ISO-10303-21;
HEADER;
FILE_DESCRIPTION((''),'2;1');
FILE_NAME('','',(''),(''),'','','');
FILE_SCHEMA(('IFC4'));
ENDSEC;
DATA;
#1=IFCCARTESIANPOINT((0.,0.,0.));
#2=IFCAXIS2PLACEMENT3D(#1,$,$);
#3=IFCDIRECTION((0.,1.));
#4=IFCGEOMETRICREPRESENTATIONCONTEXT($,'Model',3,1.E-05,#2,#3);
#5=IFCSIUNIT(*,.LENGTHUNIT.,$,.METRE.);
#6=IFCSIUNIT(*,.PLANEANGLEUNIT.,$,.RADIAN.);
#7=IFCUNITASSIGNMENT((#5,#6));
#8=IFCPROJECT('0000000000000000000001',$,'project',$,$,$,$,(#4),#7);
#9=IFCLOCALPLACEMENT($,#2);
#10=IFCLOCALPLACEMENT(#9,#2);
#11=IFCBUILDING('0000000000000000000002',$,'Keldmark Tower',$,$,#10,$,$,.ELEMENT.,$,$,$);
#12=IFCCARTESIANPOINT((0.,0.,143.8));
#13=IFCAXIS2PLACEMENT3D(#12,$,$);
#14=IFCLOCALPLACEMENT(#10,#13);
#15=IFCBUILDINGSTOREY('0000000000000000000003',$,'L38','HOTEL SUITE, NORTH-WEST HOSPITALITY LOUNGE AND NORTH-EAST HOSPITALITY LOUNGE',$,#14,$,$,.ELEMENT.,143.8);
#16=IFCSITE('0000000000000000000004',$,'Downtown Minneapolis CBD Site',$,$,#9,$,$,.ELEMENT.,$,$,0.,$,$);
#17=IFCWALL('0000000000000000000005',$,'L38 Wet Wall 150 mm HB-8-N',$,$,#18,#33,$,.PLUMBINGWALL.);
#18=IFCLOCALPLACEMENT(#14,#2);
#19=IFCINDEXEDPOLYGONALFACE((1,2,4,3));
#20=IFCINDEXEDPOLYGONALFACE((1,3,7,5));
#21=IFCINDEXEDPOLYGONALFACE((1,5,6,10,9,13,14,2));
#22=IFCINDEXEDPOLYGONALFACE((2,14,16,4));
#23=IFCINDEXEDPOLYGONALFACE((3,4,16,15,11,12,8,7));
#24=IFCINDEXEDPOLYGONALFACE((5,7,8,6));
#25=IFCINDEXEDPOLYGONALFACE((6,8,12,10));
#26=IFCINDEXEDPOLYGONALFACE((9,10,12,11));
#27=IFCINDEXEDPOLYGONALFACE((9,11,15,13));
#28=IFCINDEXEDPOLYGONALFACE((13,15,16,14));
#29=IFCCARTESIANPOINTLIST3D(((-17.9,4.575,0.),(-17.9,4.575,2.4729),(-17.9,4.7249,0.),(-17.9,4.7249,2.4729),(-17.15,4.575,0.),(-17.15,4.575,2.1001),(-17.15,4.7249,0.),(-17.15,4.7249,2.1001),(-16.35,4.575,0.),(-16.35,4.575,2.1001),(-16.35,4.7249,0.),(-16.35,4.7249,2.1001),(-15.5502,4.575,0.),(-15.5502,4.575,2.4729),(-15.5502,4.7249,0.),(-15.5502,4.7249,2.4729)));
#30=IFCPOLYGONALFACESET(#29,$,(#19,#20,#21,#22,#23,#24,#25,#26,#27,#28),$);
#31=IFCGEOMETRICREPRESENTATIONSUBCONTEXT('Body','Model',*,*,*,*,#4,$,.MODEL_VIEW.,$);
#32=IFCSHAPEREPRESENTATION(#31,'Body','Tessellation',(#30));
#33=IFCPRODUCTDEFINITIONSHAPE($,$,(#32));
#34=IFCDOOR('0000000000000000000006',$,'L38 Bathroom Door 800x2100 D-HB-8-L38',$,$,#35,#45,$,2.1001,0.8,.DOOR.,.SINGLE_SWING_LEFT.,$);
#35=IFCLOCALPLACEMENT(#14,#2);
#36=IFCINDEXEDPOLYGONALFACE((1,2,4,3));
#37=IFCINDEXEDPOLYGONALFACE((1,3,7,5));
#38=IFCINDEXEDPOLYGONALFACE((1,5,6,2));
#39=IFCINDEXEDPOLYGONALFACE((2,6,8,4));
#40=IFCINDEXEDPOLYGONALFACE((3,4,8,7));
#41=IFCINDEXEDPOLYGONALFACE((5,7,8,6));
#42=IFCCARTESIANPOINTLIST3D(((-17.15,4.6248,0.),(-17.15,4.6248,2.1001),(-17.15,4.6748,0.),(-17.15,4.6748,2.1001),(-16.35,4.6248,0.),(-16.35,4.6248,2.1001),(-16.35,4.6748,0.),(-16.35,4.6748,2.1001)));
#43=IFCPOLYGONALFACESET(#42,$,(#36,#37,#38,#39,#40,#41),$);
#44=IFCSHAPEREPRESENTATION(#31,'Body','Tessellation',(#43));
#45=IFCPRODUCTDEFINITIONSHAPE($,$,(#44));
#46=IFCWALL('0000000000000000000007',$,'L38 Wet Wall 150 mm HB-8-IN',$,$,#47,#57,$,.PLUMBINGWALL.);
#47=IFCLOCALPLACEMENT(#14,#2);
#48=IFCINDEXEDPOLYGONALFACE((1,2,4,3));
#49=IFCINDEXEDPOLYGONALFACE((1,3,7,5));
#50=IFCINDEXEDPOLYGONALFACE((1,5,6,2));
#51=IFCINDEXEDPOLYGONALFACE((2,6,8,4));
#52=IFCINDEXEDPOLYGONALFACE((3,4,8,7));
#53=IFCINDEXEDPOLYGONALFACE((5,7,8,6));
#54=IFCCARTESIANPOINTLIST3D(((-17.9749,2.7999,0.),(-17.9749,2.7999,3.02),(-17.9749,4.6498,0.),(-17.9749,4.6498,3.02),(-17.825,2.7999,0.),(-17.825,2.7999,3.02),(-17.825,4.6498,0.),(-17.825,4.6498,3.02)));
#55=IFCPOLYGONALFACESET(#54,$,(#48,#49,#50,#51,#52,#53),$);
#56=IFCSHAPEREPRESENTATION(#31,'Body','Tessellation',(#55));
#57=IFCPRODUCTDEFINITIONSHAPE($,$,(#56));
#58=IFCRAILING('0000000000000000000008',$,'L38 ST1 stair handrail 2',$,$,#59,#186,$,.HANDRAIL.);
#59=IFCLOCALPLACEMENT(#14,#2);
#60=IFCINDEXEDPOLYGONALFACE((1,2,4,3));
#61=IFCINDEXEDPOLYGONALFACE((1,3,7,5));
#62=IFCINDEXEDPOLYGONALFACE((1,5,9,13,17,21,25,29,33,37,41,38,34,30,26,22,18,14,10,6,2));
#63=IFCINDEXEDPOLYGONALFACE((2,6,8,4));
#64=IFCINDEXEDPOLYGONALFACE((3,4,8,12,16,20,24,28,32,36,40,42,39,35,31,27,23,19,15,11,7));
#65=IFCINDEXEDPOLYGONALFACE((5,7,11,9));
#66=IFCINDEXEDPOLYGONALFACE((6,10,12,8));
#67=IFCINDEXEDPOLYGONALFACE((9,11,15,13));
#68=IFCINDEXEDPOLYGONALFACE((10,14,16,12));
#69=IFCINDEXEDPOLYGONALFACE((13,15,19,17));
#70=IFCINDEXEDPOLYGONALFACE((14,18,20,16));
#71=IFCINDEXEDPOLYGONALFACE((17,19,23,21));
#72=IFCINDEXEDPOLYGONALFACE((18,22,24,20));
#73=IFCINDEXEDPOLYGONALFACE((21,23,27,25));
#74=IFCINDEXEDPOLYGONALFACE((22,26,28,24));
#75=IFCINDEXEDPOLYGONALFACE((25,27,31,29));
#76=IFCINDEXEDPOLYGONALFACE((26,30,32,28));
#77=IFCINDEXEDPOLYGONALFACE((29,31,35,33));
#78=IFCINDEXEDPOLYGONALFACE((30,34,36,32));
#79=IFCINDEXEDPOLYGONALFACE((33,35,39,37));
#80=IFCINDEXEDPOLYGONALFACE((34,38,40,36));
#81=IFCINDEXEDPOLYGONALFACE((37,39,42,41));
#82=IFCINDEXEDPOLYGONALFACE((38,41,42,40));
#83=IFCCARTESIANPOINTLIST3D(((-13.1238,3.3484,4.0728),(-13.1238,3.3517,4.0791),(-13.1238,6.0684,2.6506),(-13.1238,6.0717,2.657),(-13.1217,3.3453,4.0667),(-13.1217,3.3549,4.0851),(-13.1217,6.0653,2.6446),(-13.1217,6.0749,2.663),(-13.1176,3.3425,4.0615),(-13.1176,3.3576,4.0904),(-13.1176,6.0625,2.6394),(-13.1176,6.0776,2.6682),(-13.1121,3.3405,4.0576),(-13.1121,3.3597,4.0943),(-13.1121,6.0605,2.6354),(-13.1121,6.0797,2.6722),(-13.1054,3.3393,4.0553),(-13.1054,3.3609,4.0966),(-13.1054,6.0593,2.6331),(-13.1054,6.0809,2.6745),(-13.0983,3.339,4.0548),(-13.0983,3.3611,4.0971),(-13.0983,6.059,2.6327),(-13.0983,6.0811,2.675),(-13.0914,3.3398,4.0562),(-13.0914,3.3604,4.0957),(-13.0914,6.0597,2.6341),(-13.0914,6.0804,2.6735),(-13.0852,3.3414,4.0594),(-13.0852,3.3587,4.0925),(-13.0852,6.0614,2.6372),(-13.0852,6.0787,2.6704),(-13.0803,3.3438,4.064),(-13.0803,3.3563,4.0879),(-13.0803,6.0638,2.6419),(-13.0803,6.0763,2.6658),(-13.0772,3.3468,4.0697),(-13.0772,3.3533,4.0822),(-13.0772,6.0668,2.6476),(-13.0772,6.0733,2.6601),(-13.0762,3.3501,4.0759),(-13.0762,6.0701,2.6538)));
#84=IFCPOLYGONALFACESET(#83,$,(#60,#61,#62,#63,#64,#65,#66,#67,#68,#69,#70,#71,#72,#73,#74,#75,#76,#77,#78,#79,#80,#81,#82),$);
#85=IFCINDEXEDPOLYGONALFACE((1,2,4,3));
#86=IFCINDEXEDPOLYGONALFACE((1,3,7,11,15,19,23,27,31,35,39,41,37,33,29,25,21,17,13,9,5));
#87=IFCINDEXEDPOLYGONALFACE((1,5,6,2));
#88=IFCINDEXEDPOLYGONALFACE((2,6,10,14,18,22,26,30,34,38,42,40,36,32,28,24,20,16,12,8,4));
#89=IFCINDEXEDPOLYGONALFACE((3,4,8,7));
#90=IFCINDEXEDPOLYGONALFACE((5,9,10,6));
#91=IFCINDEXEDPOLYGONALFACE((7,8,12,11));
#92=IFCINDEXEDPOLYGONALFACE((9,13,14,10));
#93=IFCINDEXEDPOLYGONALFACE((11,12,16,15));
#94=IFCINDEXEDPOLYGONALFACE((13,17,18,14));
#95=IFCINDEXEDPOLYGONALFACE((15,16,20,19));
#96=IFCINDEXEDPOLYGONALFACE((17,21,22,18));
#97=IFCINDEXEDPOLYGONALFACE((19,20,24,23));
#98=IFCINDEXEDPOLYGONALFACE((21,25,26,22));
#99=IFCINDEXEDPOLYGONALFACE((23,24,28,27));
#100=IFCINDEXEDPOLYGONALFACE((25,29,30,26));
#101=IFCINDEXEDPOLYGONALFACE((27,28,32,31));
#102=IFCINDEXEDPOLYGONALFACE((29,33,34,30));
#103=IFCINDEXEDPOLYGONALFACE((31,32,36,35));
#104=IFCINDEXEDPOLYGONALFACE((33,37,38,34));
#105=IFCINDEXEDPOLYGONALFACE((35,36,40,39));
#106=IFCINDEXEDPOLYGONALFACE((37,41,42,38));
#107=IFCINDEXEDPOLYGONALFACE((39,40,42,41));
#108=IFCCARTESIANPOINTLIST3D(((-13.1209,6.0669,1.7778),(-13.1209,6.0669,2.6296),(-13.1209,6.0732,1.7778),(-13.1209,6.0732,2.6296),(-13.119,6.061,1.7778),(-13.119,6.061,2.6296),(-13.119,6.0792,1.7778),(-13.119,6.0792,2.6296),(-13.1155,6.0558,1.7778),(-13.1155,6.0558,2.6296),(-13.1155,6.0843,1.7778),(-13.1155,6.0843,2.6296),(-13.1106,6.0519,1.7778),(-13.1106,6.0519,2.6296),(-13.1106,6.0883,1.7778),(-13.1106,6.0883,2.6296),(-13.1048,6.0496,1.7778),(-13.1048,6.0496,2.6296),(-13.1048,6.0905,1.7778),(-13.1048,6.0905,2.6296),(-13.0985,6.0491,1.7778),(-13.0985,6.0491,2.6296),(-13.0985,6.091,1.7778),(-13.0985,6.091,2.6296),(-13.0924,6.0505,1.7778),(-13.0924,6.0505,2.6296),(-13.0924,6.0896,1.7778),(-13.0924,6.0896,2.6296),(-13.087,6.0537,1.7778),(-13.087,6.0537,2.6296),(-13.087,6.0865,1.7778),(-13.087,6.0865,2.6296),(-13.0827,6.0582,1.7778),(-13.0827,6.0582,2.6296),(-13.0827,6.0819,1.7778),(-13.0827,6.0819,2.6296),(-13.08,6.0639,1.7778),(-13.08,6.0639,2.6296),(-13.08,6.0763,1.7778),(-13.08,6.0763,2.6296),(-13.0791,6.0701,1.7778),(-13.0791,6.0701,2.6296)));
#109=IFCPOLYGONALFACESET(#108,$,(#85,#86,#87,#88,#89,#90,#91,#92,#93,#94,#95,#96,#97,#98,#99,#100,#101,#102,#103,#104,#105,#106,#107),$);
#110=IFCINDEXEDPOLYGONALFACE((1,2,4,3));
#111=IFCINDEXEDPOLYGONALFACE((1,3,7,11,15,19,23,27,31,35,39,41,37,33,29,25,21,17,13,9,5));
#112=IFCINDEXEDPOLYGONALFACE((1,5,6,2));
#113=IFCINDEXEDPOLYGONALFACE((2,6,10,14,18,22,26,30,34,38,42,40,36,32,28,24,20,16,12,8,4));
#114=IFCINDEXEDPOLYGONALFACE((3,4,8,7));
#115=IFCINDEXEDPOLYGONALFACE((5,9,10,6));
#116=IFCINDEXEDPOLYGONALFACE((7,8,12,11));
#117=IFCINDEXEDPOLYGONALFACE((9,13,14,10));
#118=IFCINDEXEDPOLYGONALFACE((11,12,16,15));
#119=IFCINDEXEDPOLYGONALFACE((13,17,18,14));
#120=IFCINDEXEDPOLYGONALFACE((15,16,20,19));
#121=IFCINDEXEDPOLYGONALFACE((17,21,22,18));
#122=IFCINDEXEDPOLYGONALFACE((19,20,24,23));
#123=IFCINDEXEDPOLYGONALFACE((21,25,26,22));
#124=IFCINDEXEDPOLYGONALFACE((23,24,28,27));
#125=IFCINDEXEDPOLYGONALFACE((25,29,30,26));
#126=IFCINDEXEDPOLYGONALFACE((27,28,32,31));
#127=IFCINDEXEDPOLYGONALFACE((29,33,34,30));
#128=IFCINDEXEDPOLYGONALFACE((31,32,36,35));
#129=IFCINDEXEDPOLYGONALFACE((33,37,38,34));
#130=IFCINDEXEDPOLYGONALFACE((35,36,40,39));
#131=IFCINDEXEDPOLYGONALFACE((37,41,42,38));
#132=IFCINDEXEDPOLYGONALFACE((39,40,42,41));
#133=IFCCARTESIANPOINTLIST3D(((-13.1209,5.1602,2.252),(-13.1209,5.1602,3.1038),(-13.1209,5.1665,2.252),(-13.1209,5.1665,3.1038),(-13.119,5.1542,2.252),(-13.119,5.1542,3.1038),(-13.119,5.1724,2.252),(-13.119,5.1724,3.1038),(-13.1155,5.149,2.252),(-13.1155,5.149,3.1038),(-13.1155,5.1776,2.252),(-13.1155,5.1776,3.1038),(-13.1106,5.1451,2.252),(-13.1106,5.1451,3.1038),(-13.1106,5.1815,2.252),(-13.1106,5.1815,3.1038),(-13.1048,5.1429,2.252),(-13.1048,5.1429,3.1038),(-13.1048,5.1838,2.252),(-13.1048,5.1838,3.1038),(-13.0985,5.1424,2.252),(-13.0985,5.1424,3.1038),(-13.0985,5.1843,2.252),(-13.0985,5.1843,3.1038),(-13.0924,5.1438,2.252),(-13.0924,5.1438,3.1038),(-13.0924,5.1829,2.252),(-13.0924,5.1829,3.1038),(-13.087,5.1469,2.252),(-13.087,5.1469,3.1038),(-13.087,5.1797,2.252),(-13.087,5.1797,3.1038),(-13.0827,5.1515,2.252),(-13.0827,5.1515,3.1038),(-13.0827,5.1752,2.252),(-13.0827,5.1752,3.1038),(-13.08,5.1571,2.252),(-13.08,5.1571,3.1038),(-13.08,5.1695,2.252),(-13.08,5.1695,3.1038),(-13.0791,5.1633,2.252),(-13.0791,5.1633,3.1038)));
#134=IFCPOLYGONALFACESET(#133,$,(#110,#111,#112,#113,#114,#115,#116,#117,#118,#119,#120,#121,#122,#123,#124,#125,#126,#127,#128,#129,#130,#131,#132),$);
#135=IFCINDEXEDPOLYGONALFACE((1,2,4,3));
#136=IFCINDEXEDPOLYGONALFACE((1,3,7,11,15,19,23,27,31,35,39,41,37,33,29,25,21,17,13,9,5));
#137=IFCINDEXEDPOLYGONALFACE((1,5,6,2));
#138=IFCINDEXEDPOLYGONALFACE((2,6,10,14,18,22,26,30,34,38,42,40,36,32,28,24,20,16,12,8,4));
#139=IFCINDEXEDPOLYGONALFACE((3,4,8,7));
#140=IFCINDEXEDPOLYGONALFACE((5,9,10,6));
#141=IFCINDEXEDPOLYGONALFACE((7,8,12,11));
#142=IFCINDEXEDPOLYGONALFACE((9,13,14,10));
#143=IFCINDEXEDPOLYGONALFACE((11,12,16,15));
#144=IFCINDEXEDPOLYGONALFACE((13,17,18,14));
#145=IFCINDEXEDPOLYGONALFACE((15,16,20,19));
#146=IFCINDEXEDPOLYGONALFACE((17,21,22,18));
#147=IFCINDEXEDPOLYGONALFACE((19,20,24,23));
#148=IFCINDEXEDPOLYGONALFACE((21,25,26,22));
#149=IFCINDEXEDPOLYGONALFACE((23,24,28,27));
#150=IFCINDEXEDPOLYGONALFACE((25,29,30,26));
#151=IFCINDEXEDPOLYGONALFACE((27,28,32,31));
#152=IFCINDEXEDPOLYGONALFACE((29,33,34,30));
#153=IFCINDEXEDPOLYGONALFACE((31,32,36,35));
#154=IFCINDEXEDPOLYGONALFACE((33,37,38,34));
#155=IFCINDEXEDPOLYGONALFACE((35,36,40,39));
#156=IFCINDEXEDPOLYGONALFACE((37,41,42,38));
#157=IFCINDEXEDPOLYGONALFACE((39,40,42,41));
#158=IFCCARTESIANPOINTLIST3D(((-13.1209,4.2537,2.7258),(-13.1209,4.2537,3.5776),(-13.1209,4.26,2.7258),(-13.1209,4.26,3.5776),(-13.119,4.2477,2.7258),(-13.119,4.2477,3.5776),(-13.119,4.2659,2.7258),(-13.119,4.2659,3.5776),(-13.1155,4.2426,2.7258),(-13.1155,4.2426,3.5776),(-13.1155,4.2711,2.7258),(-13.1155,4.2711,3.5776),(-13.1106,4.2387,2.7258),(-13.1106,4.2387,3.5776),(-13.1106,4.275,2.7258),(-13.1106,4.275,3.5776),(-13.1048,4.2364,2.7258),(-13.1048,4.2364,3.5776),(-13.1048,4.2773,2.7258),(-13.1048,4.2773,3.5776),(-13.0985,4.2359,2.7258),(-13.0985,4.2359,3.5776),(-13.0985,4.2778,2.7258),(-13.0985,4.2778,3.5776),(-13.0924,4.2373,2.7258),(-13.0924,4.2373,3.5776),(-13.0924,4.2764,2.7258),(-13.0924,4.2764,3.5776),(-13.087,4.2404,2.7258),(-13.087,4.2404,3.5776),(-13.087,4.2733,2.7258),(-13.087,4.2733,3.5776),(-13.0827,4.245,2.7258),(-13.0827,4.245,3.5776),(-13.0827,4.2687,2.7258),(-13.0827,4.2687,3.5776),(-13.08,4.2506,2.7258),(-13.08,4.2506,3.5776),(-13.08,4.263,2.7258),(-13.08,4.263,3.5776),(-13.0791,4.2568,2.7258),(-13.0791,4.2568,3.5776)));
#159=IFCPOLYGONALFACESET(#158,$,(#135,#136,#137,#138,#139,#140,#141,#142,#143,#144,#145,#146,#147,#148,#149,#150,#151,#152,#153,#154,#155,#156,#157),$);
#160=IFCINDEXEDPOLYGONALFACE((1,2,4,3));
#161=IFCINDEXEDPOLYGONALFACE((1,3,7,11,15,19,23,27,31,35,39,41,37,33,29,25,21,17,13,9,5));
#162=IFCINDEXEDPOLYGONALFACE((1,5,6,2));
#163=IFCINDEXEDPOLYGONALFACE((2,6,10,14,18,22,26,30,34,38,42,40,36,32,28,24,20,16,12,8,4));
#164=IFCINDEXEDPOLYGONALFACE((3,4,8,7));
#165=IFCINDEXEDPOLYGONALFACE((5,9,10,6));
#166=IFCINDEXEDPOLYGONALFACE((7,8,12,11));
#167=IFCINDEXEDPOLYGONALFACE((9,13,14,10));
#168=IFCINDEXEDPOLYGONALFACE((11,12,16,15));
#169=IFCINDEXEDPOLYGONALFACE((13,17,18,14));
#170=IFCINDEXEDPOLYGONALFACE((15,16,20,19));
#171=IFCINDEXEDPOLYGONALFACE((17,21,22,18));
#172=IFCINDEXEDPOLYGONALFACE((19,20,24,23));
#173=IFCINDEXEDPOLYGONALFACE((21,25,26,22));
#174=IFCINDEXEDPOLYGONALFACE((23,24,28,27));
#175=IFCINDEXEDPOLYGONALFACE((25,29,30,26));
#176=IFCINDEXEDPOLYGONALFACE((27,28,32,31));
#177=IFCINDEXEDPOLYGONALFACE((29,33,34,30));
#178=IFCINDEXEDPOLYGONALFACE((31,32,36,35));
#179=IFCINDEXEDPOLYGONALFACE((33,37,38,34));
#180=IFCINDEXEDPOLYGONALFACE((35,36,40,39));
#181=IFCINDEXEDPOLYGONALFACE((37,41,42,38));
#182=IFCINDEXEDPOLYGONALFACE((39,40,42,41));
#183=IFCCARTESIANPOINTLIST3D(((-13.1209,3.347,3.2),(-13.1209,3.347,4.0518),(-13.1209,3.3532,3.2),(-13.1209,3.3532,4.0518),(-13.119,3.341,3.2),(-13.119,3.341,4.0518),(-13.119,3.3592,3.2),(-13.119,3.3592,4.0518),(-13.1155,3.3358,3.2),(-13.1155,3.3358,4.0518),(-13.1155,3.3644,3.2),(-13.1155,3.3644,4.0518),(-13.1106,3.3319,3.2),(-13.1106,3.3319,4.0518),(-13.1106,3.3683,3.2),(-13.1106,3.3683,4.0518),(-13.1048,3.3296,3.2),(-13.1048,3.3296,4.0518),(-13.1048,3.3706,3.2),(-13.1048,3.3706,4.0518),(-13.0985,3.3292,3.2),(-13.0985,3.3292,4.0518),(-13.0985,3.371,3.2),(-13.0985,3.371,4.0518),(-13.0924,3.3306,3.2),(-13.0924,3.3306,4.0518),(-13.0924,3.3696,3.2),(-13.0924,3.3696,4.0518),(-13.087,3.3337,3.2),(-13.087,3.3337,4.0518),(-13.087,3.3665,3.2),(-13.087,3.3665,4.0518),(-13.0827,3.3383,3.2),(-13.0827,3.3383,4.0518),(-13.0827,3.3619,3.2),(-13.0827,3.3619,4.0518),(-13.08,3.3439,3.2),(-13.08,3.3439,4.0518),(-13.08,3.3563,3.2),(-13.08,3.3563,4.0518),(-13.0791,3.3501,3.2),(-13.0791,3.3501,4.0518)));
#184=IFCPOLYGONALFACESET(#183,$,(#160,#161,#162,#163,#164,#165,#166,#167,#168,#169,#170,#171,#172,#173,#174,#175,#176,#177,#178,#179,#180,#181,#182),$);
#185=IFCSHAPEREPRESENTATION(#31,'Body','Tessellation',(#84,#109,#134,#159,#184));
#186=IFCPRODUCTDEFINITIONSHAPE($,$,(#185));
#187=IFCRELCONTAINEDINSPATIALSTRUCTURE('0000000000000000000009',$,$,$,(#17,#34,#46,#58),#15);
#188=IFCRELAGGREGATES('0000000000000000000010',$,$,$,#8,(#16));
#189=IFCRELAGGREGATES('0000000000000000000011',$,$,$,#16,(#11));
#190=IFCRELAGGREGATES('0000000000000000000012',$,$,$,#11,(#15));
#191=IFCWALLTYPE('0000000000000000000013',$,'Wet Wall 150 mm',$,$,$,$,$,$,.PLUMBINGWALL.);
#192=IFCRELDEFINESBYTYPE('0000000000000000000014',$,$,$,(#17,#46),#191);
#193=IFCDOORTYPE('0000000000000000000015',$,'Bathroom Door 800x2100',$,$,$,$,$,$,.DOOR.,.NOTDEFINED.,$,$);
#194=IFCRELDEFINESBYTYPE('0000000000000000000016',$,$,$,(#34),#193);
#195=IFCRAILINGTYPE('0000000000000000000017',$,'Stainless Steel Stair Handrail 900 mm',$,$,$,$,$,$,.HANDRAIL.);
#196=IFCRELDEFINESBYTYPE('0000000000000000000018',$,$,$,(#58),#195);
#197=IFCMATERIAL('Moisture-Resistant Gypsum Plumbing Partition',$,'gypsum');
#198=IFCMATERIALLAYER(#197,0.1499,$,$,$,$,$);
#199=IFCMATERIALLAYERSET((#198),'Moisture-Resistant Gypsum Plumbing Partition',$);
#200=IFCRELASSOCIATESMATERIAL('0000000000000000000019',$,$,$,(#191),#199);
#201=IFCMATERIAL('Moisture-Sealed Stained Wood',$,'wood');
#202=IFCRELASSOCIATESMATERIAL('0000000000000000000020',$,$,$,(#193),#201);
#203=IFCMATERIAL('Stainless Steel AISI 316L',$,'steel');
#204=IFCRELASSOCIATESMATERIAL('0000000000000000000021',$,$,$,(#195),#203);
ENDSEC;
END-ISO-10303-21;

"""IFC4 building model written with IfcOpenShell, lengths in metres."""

from ifc_helpers import new_model, si_unit, direction, frame, frame_2d, origin, origin_2d, place, context, subcontext, project, spatial, rectangle, circle, extrude, material, layer, layer_set, type_object, element, fill, save


model = new_model("IFC4")

# Units and contexts
model_context = context("Model", 3, precision=1e-05, world=origin(), true_north=direction((0.0, 1.0)))
body_context = subcontext(model_context, "Body", "Model", "MODEL_VIEW")
ifc_project = project(units=[si_unit("LENGTHUNIT", "METRE"), si_unit("PLANEANGLEUNIT", "RADIAN")], contexts=[model_context])

# Site, building, storey
site_placement = place(None, origin())
site = spatial("IfcSite", under=ifc_project, at=site_placement, Name="Downtown Minneapolis CBD Site", CompositionType="ELEMENT", RefElevation=0.0)
building_placement = place(site_placement, origin())
building = spatial("IfcBuilding", under=site, at=building_placement, Name="Keldmark Tower", CompositionType="ELEMENT")
storey_placement = place(building_placement, frame((0.0, 0.0, 143.8)))
storey = spatial("IfcBuildingStorey", under=building, at=storey_placement, Name="L38", Description="HOTEL SUITE, NORTH-WEST HOSPITALITY LOUNGE AND NORTH-EAST HOSPITALITY LOUNGE", CompositionType="ELEMENT", Elevation=143.8)

# Shared definitions
ifc_material_1 = material(Name="Moisture-Resistant Gypsum Plumbing Partition", Category="gypsum")
ifc_layer_1 = layer(ifc_material_1, 0.1499)
ifc_layer_set_1 = layer_set([ifc_layer_1], Name="Moisture-Resistant Gypsum Plumbing Partition")
wall_type_1 = type_object("IfcWallType", Name="Wet Wall 150 mm", PredefinedType="PLUMBINGWALL", material=ifc_layer_set_1)

# Wall, opening, door
wall_1_placement = place(storey_placement, frame((-17.8999, 4.6499, 0.0), z_axis=(0.0, 0.0, 1.0), x_axis=(1.0, 0.0, 0.0)))
wall_1 = element("IfcWall", 1, at=wall_1_placement, inside=storey, type_object=wall_type_1, Name="L38 Wet Wall 150 mm HB-8-N", PredefinedType="PLUMBINGWALL", context=body_context, shape_type="SweptSolid", body=[
    extrude(rectangle(XDim=2.3499, YDim=0.1499, at=frame_2d((1.1748, 0.0))), origin(), (0.0, 0.0, 1.0), 2.4729),
])
opening_1_placement = place(wall_1_placement, frame((0.75, 0.0, 0.0)))
opening_1 = element("IfcOpeningElement", 2, at=opening_1_placement, cuts=wall_1, PredefinedType="OPENING", context=body_context, shape_type="SweptSolid", body=[
    extrude(rectangle(XDim=0.8, YDim=2.1001, at=frame_2d((0.3999, 1.05))), frame((0.0, 0.085, 0.0), z_axis=(0.0, -1.0, 0.0), x_axis=(1.0, 0.0, 0.0)), (0.0, 0.0, 1.0), 0.1699),
])
ifc_material_2 = material(Name="Moisture-Sealed Stained Wood", Category="wood")
door_type = type_object("IfcDoorType", Name="Bathroom Door 800x2100", OperationType="NOTDEFINED", PredefinedType="DOOR", material=ifc_material_2)
door_placement = place(opening_1_placement, origin())
door = element("IfcDoor", 3, at=door_placement, inside=storey, type_object=door_type, Name="L38 Bathroom Door 800x2100 D-HB-8-L38", OperationType="SINGLE_SWING_LEFT", OverallHeight=2.1001, OverallWidth=0.8, PredefinedType="DOOR", context=body_context, shape_type="SweptSolid", body=[
    extrude(rectangle(XDim=0.8, YDim=2.1001, at=frame_2d((0.3999, 1.05))), frame((0.0, 0.0249, 0.0), z_axis=(0.0, -1.0, 0.0), x_axis=(1.0, 0.0, 0.0)), (0.0, 0.0, 1.0), 0.05),
])
fill(opening_1, door)

# Wall
wall_2_placement = place(storey_placement, frame((-17.8999, 2.8, 0.0), z_axis=(0.0, 0.0, 1.0), x_axis=(0.0, 1.0, 0.0)))
element("IfcWall", 4, at=wall_2_placement, inside=storey, type_object=wall_type_1, Name="L38 Wet Wall 150 mm HB-8-IN", PredefinedType="PLUMBINGWALL", context=body_context, shape_type="SweptSolid", body=[
    extrude(rectangle(XDim=1.8499, YDim=0.1499, at=frame_2d((0.9248, 0.0))), origin(), (0.0, 0.0, 1.0), 3.02),
])

# Railing
ifc_material_3 = material(Name="Stainless Steel AISI 316L", Category="steel")
railing_type = type_object("IfcRailingType", Name="Stainless Steel Stair Handrail 900 mm", PredefinedType="HANDRAIL", material=ifc_material_3)
railing_placement = place(storey_placement, frame((-13.1001, 6.0701, 1.7778)))
element("IfcRailing", 5, at=railing_placement, inside=storey, type_object=railing_type, Name="L38 ST1 stair handrail 2", PredefinedType="HANDRAIL", context=body_context, shape_type="SweptSolid", body=[
    extrude(circle(Radius=0.0239, at=origin_2d()), frame((0.0, 0.0, 0.876), z_axis=(0.0, -0.886183, 0.463335), x_axis=(1.0, 0.0, 0.0)), (0.0, 0.0, 1.0), 3.0693),
    extrude(circle(Radius=0.021, at=origin_2d()), origin(), (0.0, 0.0, 1.0), 0.8518),
    extrude(circle(Radius=0.021, at=origin_2d()), frame((0.0, -0.9067, 0.4741)), (0.0, 0.0, 1.0), 0.8518),
    extrude(circle(Radius=0.021, at=origin_2d()), frame((0.0, -1.8132, 0.948)), (0.0, 0.0, 1.0), 0.8518),
    extrude(circle(Radius=0.021, at=origin_2d()), frame((0.0, -2.72, 1.4221)), (0.0, 0.0, 1.0), 0.8518),
])

save(model, "model.ifc")
